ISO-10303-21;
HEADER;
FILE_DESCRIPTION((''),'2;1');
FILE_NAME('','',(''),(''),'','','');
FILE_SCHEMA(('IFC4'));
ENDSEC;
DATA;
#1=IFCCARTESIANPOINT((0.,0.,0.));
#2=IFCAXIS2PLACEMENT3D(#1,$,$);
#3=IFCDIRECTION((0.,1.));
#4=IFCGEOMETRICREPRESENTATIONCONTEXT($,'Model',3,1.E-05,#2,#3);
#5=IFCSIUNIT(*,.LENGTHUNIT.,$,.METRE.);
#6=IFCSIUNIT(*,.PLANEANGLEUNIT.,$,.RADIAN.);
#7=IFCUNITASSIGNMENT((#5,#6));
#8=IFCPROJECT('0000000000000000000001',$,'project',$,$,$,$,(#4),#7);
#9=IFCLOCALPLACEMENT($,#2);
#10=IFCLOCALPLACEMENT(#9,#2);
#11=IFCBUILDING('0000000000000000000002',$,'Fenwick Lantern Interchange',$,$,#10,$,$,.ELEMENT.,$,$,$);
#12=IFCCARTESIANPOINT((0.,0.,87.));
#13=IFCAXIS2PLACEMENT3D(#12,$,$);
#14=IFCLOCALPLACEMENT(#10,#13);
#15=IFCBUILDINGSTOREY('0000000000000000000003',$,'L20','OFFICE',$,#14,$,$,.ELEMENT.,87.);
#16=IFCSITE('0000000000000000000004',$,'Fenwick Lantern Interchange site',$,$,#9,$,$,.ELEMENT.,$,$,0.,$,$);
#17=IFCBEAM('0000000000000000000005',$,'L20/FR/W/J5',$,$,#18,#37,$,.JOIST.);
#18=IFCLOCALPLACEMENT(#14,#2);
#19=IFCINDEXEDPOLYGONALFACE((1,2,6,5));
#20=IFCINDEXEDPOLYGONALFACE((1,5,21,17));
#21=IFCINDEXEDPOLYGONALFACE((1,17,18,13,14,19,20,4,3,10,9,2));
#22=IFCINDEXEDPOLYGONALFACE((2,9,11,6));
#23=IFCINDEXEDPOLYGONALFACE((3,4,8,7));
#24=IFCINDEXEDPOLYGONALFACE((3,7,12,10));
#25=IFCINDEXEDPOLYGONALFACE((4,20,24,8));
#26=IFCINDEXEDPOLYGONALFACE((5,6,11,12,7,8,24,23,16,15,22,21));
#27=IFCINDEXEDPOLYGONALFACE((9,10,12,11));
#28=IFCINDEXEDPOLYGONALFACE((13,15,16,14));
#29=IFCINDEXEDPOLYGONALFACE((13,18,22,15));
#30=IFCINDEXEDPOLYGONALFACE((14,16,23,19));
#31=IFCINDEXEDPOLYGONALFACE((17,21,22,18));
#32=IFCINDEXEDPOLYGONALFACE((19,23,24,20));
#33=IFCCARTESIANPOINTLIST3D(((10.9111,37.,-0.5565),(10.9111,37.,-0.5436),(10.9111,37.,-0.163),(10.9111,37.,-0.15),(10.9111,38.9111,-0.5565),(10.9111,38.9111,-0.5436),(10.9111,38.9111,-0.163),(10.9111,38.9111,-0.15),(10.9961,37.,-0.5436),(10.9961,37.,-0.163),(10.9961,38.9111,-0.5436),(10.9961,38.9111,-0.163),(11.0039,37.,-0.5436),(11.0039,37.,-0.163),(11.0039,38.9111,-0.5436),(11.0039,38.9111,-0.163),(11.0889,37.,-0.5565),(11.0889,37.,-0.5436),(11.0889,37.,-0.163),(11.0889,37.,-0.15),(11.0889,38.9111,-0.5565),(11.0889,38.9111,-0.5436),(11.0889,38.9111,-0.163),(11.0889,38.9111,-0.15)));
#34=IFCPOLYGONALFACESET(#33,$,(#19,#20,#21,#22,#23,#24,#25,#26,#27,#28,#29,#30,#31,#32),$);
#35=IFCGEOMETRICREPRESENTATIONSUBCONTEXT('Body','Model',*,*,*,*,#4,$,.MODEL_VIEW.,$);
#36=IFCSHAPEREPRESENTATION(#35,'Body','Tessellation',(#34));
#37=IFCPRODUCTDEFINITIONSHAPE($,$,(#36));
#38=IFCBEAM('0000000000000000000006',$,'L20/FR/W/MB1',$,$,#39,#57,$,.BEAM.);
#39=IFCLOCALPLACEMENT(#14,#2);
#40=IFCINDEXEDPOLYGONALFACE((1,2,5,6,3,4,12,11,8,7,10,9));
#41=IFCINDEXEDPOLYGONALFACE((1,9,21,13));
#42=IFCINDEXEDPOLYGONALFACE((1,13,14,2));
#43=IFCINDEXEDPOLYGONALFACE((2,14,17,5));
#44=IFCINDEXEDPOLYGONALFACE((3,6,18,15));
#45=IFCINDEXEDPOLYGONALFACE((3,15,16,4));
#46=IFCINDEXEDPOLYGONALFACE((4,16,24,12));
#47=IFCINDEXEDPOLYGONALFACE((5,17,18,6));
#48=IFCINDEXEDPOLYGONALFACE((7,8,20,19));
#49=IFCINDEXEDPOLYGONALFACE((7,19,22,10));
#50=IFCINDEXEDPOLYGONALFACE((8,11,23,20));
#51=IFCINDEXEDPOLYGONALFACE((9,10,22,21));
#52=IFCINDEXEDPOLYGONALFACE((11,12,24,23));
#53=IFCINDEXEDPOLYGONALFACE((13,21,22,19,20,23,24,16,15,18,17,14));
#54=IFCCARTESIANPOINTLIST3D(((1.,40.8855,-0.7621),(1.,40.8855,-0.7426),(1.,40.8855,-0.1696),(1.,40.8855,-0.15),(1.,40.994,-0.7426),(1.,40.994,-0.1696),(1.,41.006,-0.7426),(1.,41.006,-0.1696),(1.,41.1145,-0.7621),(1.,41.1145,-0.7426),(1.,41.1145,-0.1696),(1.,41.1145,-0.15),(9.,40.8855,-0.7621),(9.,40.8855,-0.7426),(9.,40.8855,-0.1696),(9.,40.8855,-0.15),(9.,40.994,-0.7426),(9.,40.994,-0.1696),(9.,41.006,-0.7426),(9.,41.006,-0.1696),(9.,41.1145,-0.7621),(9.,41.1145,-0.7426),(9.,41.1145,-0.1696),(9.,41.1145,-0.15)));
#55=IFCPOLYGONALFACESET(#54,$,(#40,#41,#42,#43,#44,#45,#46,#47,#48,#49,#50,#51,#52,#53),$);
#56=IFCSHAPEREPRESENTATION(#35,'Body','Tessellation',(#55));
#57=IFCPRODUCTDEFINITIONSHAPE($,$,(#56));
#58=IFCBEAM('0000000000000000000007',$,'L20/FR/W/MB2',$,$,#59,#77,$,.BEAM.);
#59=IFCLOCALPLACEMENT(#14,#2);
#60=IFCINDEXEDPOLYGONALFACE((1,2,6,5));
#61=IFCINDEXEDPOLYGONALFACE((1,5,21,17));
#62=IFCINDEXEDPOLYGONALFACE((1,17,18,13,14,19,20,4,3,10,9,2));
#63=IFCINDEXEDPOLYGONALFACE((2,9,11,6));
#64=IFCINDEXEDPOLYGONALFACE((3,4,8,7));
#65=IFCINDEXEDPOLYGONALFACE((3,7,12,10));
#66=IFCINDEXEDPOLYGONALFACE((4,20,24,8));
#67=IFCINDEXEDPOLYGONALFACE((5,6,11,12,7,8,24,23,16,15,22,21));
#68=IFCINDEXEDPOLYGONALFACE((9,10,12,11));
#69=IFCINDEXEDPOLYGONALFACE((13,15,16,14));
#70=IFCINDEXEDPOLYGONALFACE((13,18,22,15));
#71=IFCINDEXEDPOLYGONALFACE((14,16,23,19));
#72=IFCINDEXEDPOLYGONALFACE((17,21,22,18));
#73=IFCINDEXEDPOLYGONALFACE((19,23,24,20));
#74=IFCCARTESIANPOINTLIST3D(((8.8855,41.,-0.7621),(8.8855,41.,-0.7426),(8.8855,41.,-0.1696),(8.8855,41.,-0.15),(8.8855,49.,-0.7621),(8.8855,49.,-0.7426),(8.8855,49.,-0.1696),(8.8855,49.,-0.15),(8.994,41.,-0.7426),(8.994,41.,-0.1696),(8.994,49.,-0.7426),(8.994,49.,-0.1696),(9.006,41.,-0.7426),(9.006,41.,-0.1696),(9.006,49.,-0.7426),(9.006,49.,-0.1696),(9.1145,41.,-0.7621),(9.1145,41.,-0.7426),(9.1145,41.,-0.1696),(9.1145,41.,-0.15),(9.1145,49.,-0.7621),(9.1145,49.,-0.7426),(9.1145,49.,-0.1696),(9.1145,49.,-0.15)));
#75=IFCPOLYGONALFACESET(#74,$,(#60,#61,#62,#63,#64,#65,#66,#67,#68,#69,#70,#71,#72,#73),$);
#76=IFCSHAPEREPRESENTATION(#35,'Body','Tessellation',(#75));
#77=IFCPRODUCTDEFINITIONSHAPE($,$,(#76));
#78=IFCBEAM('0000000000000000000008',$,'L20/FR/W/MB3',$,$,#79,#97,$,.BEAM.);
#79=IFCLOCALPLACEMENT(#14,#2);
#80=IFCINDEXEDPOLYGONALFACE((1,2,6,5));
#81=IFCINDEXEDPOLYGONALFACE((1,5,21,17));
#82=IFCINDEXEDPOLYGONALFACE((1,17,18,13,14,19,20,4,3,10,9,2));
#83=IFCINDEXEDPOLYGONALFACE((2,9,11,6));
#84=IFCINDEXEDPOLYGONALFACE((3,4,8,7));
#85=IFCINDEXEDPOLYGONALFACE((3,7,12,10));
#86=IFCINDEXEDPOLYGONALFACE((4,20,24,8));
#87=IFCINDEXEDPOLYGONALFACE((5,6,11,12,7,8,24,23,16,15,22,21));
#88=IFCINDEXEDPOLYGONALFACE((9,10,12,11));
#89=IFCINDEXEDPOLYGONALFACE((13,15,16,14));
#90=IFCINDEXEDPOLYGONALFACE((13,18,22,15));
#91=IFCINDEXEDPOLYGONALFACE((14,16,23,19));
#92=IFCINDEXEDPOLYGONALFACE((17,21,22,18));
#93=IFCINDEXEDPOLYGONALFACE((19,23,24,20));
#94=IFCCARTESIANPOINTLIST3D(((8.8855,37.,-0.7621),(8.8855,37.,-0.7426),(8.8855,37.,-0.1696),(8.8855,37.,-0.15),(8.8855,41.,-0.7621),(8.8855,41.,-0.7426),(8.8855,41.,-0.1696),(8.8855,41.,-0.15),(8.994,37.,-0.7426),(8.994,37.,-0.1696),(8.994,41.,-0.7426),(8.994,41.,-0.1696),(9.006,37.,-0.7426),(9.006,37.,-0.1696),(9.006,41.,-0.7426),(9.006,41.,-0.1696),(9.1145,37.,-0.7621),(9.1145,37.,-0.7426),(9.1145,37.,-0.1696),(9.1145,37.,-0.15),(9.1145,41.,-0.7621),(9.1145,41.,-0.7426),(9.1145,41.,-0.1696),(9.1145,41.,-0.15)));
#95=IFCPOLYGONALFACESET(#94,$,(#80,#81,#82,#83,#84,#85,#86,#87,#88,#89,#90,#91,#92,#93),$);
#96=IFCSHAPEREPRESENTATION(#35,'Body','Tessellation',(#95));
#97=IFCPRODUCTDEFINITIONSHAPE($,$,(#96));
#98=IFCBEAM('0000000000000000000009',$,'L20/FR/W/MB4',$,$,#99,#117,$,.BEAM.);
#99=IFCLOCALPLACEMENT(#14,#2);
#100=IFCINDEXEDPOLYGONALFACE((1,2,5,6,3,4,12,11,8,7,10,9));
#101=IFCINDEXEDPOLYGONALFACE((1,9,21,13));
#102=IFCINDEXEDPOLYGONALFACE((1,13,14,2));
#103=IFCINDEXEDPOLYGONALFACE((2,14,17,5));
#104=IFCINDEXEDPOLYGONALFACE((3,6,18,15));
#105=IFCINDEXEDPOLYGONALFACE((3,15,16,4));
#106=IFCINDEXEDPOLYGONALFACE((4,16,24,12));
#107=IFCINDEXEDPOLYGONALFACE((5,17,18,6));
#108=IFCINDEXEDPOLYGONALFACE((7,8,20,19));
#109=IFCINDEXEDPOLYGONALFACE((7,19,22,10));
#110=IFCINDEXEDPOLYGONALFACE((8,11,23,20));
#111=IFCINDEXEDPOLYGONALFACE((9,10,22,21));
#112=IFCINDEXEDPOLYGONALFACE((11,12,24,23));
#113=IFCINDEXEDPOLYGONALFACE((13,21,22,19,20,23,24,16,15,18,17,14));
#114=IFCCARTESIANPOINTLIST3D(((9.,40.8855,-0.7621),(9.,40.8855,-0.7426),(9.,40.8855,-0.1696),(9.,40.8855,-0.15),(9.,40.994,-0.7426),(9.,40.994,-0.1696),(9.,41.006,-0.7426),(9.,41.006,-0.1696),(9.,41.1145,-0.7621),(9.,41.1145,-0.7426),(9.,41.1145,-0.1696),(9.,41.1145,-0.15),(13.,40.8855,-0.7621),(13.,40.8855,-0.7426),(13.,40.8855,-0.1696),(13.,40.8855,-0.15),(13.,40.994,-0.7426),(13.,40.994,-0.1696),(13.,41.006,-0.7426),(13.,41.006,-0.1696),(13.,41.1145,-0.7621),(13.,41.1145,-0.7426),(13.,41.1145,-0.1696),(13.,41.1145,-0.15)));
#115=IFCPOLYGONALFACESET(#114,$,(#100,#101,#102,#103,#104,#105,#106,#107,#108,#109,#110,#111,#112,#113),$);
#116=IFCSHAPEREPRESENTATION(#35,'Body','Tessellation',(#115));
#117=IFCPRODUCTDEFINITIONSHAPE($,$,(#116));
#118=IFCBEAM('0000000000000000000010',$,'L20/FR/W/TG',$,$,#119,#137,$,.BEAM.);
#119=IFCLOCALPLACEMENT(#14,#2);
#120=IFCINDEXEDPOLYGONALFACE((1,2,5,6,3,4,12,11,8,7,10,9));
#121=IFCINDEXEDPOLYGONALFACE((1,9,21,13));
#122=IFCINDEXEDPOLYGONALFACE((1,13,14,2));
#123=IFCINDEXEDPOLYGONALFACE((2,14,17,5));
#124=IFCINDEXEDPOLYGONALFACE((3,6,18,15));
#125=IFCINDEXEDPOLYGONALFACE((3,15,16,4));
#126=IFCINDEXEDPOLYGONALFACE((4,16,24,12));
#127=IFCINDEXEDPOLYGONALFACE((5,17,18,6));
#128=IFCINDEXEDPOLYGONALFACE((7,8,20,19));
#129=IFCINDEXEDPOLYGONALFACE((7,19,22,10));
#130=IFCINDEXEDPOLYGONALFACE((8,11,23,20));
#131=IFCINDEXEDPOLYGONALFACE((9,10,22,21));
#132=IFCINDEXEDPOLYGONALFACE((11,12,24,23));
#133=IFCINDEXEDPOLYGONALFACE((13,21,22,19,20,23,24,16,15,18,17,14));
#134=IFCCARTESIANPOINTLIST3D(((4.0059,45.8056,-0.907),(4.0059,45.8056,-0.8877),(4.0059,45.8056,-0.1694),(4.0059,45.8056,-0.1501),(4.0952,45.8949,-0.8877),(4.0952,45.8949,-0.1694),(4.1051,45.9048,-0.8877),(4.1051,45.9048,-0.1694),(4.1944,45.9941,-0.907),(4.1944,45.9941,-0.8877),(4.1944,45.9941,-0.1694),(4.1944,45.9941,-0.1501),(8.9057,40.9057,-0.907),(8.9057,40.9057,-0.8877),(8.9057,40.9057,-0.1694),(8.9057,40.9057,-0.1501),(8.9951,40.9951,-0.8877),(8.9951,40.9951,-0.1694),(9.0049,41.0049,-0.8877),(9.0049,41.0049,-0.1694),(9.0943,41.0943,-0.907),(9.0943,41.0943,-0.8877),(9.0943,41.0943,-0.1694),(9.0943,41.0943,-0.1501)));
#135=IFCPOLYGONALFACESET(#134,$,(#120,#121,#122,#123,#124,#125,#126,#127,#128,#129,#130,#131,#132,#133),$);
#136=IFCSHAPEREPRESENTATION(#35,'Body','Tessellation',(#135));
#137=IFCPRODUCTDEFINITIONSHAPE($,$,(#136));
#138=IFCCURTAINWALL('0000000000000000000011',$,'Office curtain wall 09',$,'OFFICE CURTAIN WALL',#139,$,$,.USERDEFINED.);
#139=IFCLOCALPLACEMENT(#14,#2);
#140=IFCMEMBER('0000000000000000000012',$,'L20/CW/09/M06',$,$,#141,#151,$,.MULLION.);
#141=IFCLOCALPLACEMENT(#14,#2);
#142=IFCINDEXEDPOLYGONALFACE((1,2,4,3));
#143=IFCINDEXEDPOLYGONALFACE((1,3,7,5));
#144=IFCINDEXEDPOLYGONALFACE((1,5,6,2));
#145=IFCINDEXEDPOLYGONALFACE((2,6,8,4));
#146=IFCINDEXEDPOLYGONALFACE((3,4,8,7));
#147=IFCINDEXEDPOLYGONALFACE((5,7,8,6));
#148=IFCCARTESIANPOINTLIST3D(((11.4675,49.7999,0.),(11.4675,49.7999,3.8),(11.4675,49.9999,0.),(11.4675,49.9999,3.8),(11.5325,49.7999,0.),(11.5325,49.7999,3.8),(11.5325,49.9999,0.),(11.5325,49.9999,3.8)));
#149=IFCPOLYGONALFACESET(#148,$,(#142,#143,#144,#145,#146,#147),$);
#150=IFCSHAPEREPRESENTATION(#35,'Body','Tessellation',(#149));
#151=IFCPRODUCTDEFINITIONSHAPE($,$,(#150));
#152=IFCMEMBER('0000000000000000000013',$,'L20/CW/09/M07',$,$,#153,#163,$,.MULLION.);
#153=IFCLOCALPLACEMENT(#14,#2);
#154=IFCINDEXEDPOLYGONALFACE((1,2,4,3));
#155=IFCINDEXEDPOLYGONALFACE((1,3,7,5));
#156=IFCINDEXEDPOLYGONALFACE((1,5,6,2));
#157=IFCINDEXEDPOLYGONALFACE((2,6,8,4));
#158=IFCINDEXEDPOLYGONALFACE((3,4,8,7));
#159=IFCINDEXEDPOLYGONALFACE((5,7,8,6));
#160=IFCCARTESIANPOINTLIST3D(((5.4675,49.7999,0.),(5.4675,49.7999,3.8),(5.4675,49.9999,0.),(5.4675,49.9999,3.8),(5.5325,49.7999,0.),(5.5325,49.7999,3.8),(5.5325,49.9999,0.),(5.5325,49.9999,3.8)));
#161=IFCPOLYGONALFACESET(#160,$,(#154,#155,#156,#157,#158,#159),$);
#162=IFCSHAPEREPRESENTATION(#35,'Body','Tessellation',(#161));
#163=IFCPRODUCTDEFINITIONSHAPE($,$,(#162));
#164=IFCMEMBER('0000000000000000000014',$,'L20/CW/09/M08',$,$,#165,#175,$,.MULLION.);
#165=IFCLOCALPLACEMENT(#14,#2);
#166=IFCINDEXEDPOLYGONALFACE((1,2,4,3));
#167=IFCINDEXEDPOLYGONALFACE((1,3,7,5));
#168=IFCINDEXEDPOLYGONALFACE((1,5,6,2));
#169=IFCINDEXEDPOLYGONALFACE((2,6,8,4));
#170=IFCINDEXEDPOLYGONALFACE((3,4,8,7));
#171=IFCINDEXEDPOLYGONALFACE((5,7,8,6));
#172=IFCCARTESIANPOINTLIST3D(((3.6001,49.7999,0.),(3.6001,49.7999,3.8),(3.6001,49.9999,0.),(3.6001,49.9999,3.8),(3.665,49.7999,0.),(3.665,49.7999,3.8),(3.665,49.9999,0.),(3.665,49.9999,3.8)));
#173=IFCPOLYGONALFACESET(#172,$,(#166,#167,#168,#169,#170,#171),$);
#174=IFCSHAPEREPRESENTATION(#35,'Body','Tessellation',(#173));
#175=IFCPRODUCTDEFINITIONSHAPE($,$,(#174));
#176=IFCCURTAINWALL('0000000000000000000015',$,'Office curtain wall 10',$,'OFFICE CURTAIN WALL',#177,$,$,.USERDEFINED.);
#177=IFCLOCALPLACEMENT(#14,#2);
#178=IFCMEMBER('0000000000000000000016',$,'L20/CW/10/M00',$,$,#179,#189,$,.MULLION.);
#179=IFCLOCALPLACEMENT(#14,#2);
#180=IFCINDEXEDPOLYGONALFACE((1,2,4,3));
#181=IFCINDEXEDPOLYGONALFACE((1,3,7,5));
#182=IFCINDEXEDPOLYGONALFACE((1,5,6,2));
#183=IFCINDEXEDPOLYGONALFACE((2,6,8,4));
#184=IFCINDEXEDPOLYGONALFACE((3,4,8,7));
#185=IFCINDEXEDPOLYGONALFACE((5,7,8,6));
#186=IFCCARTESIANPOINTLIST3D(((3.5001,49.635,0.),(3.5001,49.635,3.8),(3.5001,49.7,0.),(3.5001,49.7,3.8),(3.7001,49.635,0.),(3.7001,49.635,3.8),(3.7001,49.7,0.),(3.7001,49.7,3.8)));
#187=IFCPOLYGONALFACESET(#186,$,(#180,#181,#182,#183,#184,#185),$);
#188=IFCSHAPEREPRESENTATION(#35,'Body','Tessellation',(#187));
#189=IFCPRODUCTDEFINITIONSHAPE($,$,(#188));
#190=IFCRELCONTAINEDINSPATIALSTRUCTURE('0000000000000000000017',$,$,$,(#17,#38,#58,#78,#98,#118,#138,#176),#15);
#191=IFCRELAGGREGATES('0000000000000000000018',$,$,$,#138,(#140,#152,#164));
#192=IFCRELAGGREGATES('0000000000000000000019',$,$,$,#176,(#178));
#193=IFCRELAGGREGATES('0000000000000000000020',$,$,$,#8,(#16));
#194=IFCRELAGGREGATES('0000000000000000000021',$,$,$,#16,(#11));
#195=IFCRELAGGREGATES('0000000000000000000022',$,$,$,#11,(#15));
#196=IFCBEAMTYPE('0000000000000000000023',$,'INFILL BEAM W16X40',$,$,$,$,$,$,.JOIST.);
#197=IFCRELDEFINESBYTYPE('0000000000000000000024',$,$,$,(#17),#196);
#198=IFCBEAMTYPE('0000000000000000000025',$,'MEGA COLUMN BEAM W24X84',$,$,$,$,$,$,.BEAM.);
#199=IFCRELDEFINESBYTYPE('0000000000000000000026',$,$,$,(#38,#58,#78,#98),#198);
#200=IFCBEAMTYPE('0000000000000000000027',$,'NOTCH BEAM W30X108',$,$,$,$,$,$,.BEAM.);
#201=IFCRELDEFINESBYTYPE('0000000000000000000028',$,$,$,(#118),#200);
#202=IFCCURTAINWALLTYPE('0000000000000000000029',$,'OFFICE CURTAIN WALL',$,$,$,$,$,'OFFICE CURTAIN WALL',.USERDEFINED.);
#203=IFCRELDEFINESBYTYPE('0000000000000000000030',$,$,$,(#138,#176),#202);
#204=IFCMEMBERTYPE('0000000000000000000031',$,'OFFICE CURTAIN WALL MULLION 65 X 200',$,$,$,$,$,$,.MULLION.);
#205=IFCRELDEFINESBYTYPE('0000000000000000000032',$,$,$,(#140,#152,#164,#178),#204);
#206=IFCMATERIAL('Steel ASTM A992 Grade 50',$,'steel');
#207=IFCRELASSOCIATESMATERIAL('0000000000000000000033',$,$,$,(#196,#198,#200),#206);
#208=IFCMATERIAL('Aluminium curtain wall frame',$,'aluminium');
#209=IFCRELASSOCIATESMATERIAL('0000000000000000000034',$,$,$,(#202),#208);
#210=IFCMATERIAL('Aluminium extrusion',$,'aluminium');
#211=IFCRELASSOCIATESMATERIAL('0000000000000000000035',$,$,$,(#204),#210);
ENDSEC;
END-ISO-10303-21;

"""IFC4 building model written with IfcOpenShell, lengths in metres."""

from ifc_helpers import new_model, si_unit, direction, frame, origin, origin_2d, place, context, subcontext, project, spatial, rectangle, i_section, extrude, material, material_profile, profile_set, type_object, element, aggregate, save


model = new_model("IFC4")

# Units and contexts
model_context = context("Model", 3, precision=1e-05, world=origin(), true_north=direction((0.0, 1.0)))
body_context = subcontext(model_context, "Body", "Model", "MODEL_VIEW")
ifc_project = project(units=[si_unit("LENGTHUNIT", "METRE"), si_unit("PLANEANGLEUNIT", "RADIAN")], contexts=[model_context])

# Site, building, storey
site_placement = place(None, origin())
site = spatial("IfcSite", under=ifc_project, at=site_placement, Name="Fenwick Lantern Interchange site", CompositionType="ELEMENT", RefElevation=0.0)
building_placement = place(site_placement, origin())
building = spatial("IfcBuilding", under=site, at=building_placement, Name="Fenwick Lantern Interchange", CompositionType="ELEMENT")
storey_placement = place(building_placement, frame((0.0, 0.0, 87.0)))
storey = spatial("IfcBuildingStorey", under=building, at=storey_placement, Name="L20", Description="OFFICE", CompositionType="ELEMENT", Elevation=87.0)

# Beams
ifc_material_1 = material(Name="Steel ASTM A992 Grade 50", Category="steel")
ifc_material_profile_1 = material_profile(ifc_material_1, i_section(OverallWidth=0.1777, OverallDepth=0.4065, WebThickness=0.0078, FlangeThickness=0.0129, at=origin_2d()), Name="W16X40")
ifc_profile_set_1 = profile_set([ifc_material_profile_1], Name="Steel ASTM A992 Grade 50")
beam_type_1 = type_object("IfcBeamType", Name="INFILL BEAM W16X40", PredefinedType="JOIST", material=ifc_profile_set_1)
beam_1_placement = place(storey_placement, frame((11.0, 38.9111, -0.3533), z_axis=(0.0, -1.0, 0.0), x_axis=(1.0, 0.0, 0.0)))
element("IfcBeam", 1, at=beam_1_placement, inside=storey, type_object=beam_type_1, Name="L20/FR/W/J5", PredefinedType="JOIST", context=body_context, shape_type="SweptSolid", body=[
    extrude(i_section(OverallWidth=0.1777, OverallDepth=0.4065, WebThickness=0.0078, FlangeThickness=0.0129, at=origin_2d()), origin(), (0.0, 0.0, 1.0), 1.9111),
])
ifc_material_profile_2 = material_profile(ifc_material_1, i_section(OverallWidth=0.229, OverallDepth=0.6121, WebThickness=0.012, FlangeThickness=0.0195, at=origin_2d()), Name="W24X84")
ifc_profile_set_2 = profile_set([ifc_material_profile_2], Name="Steel ASTM A992 Grade 50")
beam_type_2 = type_object("IfcBeamType", Name="MEGA COLUMN BEAM W24X84", PredefinedType="BEAM", material=ifc_profile_set_2)
for number, where, z_axis, x_axis, name in (
    (2, (9.0, 41.0, -0.4561), (-1.0, 0.0, 0.0), (0.0, -1.0, 0.0), "L20/FR/W/MB1"),
    (3, (9.0, 41.0, -0.4561), (0.0, 1.0, 0.0), (-1.0, 0.0, 0.0), "L20/FR/W/MB2"),
):
    element("IfcBeam", number, at=place(storey_placement, frame(where, z_axis=z_axis, x_axis=x_axis)), inside=storey, type_object=beam_type_2, Name=name, PredefinedType="BEAM", context=body_context, shape_type="SweptSolid", body=[
        extrude(i_section(OverallWidth=0.229, OverallDepth=0.6121, WebThickness=0.012, FlangeThickness=0.0195, at=origin_2d()), origin(), (0.0, 0.0, 1.0), 8.0),
    ])
for number, where, z_axis, x_axis, name in (
    (4, (9.0, 41.0, -0.4561), (0.0, -1.0, 0.0), (1.0, 0.0, 0.0), "L20/FR/W/MB3"),
    (5, (9.0, 41.0, -0.4561), (1.0, 0.0, 0.0), (0.0, 1.0, 0.0), "L20/FR/W/MB4"),
):
    element("IfcBeam", number, at=place(storey_placement, frame(where, z_axis=z_axis, x_axis=x_axis)), inside=storey, type_object=beam_type_2, Name=name, PredefinedType="BEAM", context=body_context, shape_type="SweptSolid", body=[
        extrude(i_section(OverallWidth=0.229, OverallDepth=0.6121, WebThickness=0.012, FlangeThickness=0.0195, at=origin_2d()), origin(), (0.0, 0.0, 1.0), 4.0),
    ])
ifc_material_profile_3 = material_profile(ifc_material_1, i_section(OverallWidth=0.2666, OverallDepth=0.7568, WebThickness=0.0139, FlangeThickness=0.0193, at=origin_2d()), Name="W30X108")
ifc_profile_set_3 = profile_set([ifc_material_profile_3], Name="Steel ASTM A992 Grade 50")
beam_type_3 = type_object("IfcBeamType", Name="NOTCH BEAM W30X108", PredefinedType="BEAM", material=ifc_profile_set_3)
beam_2_placement = place(storey_placement, frame((9.0, 41.0, -0.5286), z_axis=(-0.707107, 0.707107, 0.0), x_axis=(-0.707107, -0.707107, 0.0)))
element("IfcBeam", 6, at=beam_2_placement, inside=storey, type_object=beam_type_3, Name="L20/FR/W/TG", PredefinedType="BEAM", context=body_context, shape_type="SweptSolid", body=[
    extrude(i_section(OverallWidth=0.2666, OverallDepth=0.7568, WebThickness=0.0139, FlangeThickness=0.0193, at=origin_2d()), origin(), (0.0, 0.0, 1.0), 6.9294),
])

# Curtain walls, members
ifc_material_2 = material(Name="Aluminium curtain wall frame", Category="aluminium")
curtain_wall_type = type_object("IfcCurtainWallType", Name="OFFICE CURTAIN WALL", ElementType="OFFICE CURTAIN WALL", PredefinedType="USERDEFINED", material=ifc_material_2)
curtain_wall_1_placement = place(storey_placement, origin())
curtain_wall_1 = element("IfcCurtainWall", 7, at=curtain_wall_1_placement, inside=storey, type_object=curtain_wall_type, Name="Office curtain wall 09", ObjectType="OFFICE CURTAIN WALL", PredefinedType="USERDEFINED")
ifc_material_3 = material(Name="Aluminium extrusion", Category="aluminium")
ifc_material_profile_4 = material_profile(ifc_material_3, rectangle(XDim=0.2, YDim=0.0649, at=origin_2d()), Name="OFFICE CURTAIN WALL MULLION 65 X 200")
ifc_profile_set_4 = profile_set([ifc_material_profile_4], Name="Aluminium extrusion")
member_type_1 = type_object("IfcMemberType", Name="OFFICE CURTAIN WALL MULLION 65 X 200", PredefinedType="MULLION", material=ifc_profile_set_4)
member_1_placement = place(storey_placement, frame((11.5, 49.8999, 0.0), z_axis=(0.0, 0.0, 1.0), x_axis=(0.0, -1.0, 0.0)))
member_1 = element("IfcMember", 8, at=member_1_placement, type_object=member_type_1, Name="L20/CW/09/M06", PredefinedType="MULLION", context=body_context, shape_type="SweptSolid", body=[
    extrude(rectangle(XDim=0.2, YDim=0.0649, at=origin_2d()), origin(), (0.0, 0.0, 1.0), 3.8),
])
member_2_placement = place(storey_placement, frame((5.5, 49.8999, 0.0), z_axis=(0.0, 0.0, 1.0), x_axis=(0.0, -1.0, 0.0)))
member_2 = element("IfcMember", 9, at=member_2_placement, type_object=member_type_1, Name="L20/CW/09/M07", PredefinedType="MULLION", context=body_context, shape_type="SweptSolid", body=[
    extrude(rectangle(XDim=0.2, YDim=0.0649, at=origin_2d()), origin(), (0.0, 0.0, 1.0), 3.8),
])
member_3_placement = place(storey_placement, frame((3.6326, 49.8999, 0.0), z_axis=(0.0, 0.0, 1.0), x_axis=(0.0, -1.0, 0.0)))
member_3 = element("IfcMember", 10, at=member_3_placement, type_object=member_type_1, Name="L20/CW/09/M08", PredefinedType="MULLION", context=body_context, shape_type="SweptSolid", body=[
    extrude(rectangle(XDim=0.2, YDim=0.0649, at=origin_2d()), origin(), (0.0, 0.0, 1.0), 3.8),
])
curtain_wall_2_placement = place(storey_placement, origin())
curtain_wall_2 = element("IfcCurtainWall", 11, at=curtain_wall_2_placement, inside=storey, type_object=curtain_wall_type, Name="Office curtain wall 10", ObjectType="OFFICE CURTAIN WALL", PredefinedType="USERDEFINED")
member_4_placement = place(storey_placement, frame((3.6001, 49.6675, 0.0), z_axis=(0.0, 0.0, 1.0), x_axis=(1.0, 0.0, 0.0)))
member_4 = element("IfcMember", 12, at=member_4_placement, type_object=member_type_1, Name="L20/CW/10/M00", PredefinedType="MULLION", context=body_context, shape_type="SweptSolid", body=[
    extrude(rectangle(XDim=0.2, YDim=0.0649, at=origin_2d()), origin(), (0.0, 0.0, 1.0), 3.8),
])

aggregate(curtain_wall_1, [member_1, member_2, member_3])
aggregate(curtain_wall_2, [member_4])

save(model, "model.ifc")
